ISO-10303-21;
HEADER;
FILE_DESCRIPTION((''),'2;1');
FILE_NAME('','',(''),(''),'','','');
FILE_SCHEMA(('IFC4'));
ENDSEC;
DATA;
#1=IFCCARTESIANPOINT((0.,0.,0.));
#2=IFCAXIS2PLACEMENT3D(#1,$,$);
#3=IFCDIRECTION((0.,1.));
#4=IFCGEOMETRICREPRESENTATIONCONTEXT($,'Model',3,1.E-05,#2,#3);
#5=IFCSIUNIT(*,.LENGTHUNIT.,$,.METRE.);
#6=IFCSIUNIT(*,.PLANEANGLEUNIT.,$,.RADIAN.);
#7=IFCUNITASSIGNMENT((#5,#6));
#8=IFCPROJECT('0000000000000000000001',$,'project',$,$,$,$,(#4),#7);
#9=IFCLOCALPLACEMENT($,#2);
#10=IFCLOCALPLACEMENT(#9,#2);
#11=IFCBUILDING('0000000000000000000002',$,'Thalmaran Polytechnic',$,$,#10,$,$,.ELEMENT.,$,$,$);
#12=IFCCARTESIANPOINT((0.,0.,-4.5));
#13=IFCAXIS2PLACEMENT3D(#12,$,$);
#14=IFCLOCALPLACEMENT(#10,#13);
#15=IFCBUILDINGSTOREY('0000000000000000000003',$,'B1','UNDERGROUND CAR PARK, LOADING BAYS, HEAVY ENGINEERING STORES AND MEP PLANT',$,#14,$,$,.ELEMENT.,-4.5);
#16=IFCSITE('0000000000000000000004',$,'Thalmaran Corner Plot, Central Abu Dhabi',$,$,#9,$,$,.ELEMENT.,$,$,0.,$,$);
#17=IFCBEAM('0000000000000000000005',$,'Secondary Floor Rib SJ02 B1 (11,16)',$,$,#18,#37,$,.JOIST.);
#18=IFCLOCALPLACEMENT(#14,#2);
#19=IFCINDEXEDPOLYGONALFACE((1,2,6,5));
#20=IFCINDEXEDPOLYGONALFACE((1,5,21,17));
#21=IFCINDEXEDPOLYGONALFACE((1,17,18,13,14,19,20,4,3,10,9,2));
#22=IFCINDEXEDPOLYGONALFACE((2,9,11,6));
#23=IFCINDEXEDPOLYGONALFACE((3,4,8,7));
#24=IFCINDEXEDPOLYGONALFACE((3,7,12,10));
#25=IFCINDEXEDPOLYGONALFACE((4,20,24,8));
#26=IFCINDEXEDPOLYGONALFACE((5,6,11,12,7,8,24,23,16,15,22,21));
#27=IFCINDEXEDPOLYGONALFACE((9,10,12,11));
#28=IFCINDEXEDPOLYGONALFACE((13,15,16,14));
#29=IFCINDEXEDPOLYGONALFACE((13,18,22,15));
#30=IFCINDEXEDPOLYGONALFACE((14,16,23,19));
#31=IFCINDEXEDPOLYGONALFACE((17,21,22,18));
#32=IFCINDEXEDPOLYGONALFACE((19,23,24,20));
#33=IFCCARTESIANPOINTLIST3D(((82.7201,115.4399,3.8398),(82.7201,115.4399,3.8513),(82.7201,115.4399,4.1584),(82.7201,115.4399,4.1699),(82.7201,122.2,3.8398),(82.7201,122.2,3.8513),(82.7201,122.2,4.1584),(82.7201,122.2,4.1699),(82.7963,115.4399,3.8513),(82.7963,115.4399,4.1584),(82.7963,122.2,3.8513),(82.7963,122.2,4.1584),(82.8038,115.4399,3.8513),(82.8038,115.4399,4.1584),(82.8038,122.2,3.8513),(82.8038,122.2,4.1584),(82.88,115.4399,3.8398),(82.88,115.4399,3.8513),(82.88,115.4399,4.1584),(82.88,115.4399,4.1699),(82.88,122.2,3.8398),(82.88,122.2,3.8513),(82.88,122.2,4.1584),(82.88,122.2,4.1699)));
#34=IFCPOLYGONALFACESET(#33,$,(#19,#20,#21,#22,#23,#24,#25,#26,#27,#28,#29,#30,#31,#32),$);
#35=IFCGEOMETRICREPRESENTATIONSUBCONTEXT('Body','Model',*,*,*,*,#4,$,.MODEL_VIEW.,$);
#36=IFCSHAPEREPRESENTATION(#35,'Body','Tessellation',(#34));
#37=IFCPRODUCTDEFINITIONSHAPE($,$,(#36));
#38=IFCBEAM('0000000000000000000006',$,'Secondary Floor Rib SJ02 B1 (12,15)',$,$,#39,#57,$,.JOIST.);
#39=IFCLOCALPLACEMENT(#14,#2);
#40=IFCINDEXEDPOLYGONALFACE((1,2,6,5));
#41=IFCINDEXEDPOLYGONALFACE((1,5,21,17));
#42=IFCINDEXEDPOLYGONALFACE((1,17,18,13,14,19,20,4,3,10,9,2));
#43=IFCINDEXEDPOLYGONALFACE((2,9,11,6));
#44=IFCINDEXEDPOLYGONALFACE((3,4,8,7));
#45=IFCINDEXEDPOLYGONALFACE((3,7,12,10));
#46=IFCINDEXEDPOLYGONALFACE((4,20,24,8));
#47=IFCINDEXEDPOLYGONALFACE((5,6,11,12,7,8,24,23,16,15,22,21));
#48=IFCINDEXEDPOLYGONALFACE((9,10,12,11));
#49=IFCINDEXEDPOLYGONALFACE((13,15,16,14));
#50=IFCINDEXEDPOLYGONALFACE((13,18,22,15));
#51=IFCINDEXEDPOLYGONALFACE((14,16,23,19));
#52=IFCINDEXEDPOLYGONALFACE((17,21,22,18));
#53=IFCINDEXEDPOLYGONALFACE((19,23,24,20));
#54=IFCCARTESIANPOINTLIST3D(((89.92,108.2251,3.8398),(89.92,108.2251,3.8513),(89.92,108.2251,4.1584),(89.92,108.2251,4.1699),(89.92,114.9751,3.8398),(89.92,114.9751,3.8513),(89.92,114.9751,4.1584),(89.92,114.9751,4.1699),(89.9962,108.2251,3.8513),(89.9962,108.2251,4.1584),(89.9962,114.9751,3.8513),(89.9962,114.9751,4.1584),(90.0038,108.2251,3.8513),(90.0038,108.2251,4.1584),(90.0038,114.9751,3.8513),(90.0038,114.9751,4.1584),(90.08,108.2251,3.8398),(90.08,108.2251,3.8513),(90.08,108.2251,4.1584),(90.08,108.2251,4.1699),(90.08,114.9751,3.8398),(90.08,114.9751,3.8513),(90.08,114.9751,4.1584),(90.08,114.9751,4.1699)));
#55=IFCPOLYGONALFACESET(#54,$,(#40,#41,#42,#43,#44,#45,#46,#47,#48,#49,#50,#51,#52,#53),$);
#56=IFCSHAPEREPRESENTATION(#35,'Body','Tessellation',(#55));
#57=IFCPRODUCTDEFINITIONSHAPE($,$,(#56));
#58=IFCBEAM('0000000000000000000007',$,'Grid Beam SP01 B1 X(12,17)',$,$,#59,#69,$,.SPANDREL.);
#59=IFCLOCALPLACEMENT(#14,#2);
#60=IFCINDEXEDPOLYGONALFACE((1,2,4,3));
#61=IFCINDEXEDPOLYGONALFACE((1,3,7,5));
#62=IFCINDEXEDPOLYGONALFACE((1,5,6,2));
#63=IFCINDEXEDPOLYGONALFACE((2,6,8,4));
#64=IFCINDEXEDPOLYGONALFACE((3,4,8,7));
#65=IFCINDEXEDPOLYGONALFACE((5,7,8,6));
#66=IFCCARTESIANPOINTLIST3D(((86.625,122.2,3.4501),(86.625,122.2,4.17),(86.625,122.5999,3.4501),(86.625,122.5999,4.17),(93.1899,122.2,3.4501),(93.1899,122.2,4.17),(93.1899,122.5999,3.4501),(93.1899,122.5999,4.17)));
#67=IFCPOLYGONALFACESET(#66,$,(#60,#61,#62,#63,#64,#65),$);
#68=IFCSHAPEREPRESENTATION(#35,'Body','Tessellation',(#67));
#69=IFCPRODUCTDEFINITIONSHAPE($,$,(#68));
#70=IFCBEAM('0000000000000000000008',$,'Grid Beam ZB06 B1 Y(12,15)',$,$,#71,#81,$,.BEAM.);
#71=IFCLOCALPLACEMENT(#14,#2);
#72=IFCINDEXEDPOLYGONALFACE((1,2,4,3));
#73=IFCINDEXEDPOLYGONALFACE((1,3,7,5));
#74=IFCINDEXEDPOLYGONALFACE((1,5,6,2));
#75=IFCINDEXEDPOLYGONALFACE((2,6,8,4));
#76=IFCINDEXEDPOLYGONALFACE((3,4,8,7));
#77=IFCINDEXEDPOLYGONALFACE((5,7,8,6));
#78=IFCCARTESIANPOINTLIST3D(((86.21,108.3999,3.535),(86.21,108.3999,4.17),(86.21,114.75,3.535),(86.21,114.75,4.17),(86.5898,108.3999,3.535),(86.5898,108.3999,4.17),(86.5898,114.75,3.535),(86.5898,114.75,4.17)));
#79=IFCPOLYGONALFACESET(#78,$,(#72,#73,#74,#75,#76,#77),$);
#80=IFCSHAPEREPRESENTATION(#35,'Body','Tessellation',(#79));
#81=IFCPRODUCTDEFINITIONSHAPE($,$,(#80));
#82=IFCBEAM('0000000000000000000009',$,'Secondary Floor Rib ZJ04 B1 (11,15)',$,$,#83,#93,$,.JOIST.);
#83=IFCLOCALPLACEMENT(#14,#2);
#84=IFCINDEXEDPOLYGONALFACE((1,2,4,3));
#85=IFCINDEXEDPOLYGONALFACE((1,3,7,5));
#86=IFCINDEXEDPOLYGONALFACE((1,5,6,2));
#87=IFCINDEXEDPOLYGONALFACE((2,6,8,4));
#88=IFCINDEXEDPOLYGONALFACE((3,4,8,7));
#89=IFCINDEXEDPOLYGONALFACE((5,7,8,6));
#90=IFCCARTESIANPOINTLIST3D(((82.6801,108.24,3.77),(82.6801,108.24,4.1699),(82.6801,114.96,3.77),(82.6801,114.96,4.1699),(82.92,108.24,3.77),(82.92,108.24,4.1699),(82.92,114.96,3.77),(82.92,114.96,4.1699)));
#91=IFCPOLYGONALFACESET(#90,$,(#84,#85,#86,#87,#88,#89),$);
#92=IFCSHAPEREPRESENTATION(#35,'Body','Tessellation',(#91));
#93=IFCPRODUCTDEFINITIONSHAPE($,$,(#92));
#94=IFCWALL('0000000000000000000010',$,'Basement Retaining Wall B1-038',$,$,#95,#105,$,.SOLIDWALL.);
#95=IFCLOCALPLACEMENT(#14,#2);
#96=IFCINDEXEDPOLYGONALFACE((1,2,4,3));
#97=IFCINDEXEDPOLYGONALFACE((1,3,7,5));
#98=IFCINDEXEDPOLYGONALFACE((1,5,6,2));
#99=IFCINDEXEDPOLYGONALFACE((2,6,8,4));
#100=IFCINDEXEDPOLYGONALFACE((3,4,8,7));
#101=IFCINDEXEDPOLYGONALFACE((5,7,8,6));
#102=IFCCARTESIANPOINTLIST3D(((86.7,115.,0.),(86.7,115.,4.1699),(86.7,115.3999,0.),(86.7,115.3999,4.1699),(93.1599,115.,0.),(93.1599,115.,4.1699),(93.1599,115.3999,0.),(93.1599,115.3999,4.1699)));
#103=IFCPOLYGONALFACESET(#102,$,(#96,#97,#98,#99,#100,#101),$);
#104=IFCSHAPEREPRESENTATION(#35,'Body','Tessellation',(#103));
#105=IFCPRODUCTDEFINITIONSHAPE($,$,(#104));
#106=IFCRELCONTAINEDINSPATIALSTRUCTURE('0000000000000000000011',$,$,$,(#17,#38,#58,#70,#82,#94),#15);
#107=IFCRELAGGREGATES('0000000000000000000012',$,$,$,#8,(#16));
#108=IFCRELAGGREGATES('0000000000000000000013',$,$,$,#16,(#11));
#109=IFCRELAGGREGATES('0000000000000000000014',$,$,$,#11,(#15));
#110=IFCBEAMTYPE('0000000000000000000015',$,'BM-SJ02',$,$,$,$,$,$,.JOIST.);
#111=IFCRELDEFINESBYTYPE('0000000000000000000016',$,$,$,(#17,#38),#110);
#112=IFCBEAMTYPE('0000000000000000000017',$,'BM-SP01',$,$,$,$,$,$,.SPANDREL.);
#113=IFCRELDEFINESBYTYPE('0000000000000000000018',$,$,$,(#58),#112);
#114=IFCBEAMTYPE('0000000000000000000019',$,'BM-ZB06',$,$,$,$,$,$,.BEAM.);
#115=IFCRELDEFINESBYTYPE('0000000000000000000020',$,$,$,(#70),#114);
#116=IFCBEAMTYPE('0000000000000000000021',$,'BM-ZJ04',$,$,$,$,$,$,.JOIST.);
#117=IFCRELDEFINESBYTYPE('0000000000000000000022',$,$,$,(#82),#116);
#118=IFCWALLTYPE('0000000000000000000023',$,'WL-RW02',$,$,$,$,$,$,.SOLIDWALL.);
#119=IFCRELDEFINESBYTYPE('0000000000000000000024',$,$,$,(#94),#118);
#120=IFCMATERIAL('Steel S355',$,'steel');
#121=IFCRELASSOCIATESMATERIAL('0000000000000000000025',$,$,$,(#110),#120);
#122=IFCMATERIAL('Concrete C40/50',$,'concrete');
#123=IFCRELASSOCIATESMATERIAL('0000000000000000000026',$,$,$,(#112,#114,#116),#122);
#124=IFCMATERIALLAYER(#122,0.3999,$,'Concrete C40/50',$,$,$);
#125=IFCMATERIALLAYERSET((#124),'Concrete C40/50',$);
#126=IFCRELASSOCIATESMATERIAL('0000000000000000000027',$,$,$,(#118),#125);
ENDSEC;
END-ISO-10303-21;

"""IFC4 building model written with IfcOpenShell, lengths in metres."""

from ifc_helpers import new_model, si_unit, direction, frame, frame_2d, origin, origin_2d, place, context, subcontext, project, spatial, rectangle, i_section, extrude, material, layer, layer_set, material_profile, profile_set, type_object, element, save


model = new_model("IFC4")

# Units and contexts
model_context = context("Model", 3, precision=1e-05, world=origin(), true_north=direction((0.0, 1.0)))
body_context = subcontext(model_context, "Body", "Model", "MODEL_VIEW")
ifc_project = project(units=[si_unit("LENGTHUNIT", "METRE"), si_unit("PLANEANGLEUNIT", "RADIAN")], contexts=[model_context])

# Site, building, storey
site_placement = place(None, origin())
site = spatial("IfcSite", under=ifc_project, at=site_placement, Name="Thalmaran Corner Plot, Central Abu Dhabi", CompositionType="ELEMENT", RefElevation=0.0)
building_placement = place(site_placement, origin())
building = spatial("IfcBuilding", under=site, at=building_placement, Name="Thalmaran Polytechnic", CompositionType="ELEMENT")
storey_placement = place(building_placement, frame((0.0, 0.0, -4.5)))
storey = spatial("IfcBuildingStorey", under=building, at=storey_placement, Name="B1", Description="UNDERGROUND CAR PARK, LOADING BAYS, HEAVY ENGINEERING STORES AND MEP PLANT", CompositionType="ELEMENT", Elevation=-4.5)

# Shared definitions
ifc_material_1 = material(Name="Concrete C40/50", Category="concrete")

# Beams
ifc_material_2 = material(Name="Steel S355", Category="steel")
ifc_material_profile_1 = material_profile(ifc_material_2, i_section(OverallWidth=0.1599, OverallDepth=0.3301, WebThickness=0.0076, FlangeThickness=0.0115, at=origin_2d()), Name="IPE 330")
ifc_profile_set_1 = profile_set([ifc_material_profile_1], Name="Steel S355")
beam_type_1 = type_object("IfcBeamType", Name="BM-SJ02", PredefinedType="JOIST", material=ifc_profile_set_1)
beam_1_placement = place(storey_placement, frame((82.8, 115.4399, 4.0049), z_axis=(0.0, 1.0, 0.0), x_axis=(-1.0, 0.0, 0.0)))
element("IfcBeam", 1, at=beam_1_placement, inside=storey, type_object=beam_type_1, Name="Secondary Floor Rib SJ02 B1 (11,16)", PredefinedType="JOIST", context=body_context, shape_type="SweptSolid", body=[
    extrude(i_section(OverallWidth=0.1599, OverallDepth=0.3301, WebThickness=0.0076, FlangeThickness=0.0115, at=origin_2d()), origin(), (0.0, 0.0, 1.0), 6.76),
])
beam_2_placement = place(storey_placement, frame((90.0, 108.2251, 4.0049), z_axis=(0.0, 1.0, 0.0), x_axis=(-1.0, 0.0, 0.0)))
element("IfcBeam", 2, at=beam_2_placement, inside=storey, type_object=beam_type_1, Name="Secondary Floor Rib SJ02 B1 (12,15)", PredefinedType="JOIST", context=body_context, shape_type="SweptSolid", body=[
    extrude(i_section(OverallWidth=0.1599, OverallDepth=0.3301, WebThickness=0.0076, FlangeThickness=0.0115, at=origin_2d()), origin(), (0.0, 0.0, 1.0), 6.75),
])
ifc_material_profile_2 = material_profile(ifc_material_1, rectangle(XDim=0.3999, YDim=0.72, at=origin_2d()), Name="RC 400x720")
ifc_profile_set_2 = profile_set([ifc_material_profile_2], Name="Concrete C40/50")
beam_type_2 = type_object("IfcBeamType", Name="BM-SP01", PredefinedType="SPANDREL", material=ifc_profile_set_2)
beam_3_placement = place(storey_placement, frame((86.625, 122.3999, 3.8101), z_axis=(1.0, 0.0, 0.0), x_axis=(0.0, 1.0, 0.0)))
element("IfcBeam", 3, at=beam_3_placement, inside=storey, type_object=beam_type_2, Name="Grid Beam SP01 B1 X(12,17)", PredefinedType="SPANDREL", context=body_context, shape_type="SweptSolid", body=[
    extrude(rectangle(XDim=0.3999, YDim=0.72, at=origin_2d()), origin(), (0.0, 0.0, 1.0), 6.5649),
])
ifc_material_profile_3 = material_profile(ifc_material_1, rectangle(XDim=0.3799, YDim=0.635, at=origin_2d()), Name="RC 380x635")
ifc_profile_set_3 = profile_set([ifc_material_profile_3], Name="Concrete C40/50")
beam_type_3 = type_object("IfcBeamType", Name="BM-ZB06", PredefinedType="BEAM", material=ifc_profile_set_3)
beam_4_placement = place(storey_placement, frame((86.3999, 108.3999, 3.8525), z_axis=(0.0, 1.0, 0.0), x_axis=(-1.0, 0.0, 0.0)))
element("IfcBeam", 4, at=beam_4_placement, inside=storey, type_object=beam_type_3, Name="Grid Beam ZB06 B1 Y(12,15)", PredefinedType="BEAM", context=body_context, shape_type="SweptSolid", body=[
    extrude(rectangle(XDim=0.3799, YDim=0.635, at=origin_2d()), origin(), (0.0, 0.0, 1.0), 6.3501),
])
ifc_material_profile_4 = material_profile(ifc_material_1, rectangle(XDim=0.24, YDim=0.3999, at=origin_2d()), Name="RC 240x400")
ifc_profile_set_4 = profile_set([ifc_material_profile_4], Name="Concrete C40/50")
beam_type_4 = type_object("IfcBeamType", Name="BM-ZJ04", PredefinedType="JOIST", material=ifc_profile_set_4)
beam_5_placement = place(storey_placement, frame((82.8, 108.24, 3.97), z_axis=(0.0, 1.0, 0.0), x_axis=(-1.0, 0.0, 0.0)))
element("IfcBeam", 5, at=beam_5_placement, inside=storey, type_object=beam_type_4, Name="Secondary Floor Rib ZJ04 B1 (11,15)", PredefinedType="JOIST", context=body_context, shape_type="SweptSolid", body=[
    extrude(rectangle(XDim=0.24, YDim=0.3999, at=origin_2d()), origin(), (0.0, 0.0, 1.0), 6.72),
])

# Wall
ifc_layer = layer(ifc_material_1, 0.3999, Name="Concrete C40/50")
ifc_layer_set = layer_set([ifc_layer], Name="Concrete C40/50")
wall_type = type_object("IfcWallType", Name="WL-RW02", PredefinedType="SOLIDWALL", material=ifc_layer_set)
wall_placement = place(storey_placement, frame((86.7, 115.2, 0.0), z_axis=(0.0, 0.0, 1.0), x_axis=(1.0, 0.0, 0.0)))
element("IfcWall", 6, at=wall_placement, inside=storey, type_object=wall_type, Name="Basement Retaining Wall B1-038", PredefinedType="SOLIDWALL", context=body_context, shape_type="SweptSolid", body=[
    extrude(rectangle(XDim=6.46, YDim=0.3999, at=frame_2d((3.23, 0.0))), origin(), (0.0, 0.0, 1.0), 4.1699),
])

save(model, "model.ifc")
